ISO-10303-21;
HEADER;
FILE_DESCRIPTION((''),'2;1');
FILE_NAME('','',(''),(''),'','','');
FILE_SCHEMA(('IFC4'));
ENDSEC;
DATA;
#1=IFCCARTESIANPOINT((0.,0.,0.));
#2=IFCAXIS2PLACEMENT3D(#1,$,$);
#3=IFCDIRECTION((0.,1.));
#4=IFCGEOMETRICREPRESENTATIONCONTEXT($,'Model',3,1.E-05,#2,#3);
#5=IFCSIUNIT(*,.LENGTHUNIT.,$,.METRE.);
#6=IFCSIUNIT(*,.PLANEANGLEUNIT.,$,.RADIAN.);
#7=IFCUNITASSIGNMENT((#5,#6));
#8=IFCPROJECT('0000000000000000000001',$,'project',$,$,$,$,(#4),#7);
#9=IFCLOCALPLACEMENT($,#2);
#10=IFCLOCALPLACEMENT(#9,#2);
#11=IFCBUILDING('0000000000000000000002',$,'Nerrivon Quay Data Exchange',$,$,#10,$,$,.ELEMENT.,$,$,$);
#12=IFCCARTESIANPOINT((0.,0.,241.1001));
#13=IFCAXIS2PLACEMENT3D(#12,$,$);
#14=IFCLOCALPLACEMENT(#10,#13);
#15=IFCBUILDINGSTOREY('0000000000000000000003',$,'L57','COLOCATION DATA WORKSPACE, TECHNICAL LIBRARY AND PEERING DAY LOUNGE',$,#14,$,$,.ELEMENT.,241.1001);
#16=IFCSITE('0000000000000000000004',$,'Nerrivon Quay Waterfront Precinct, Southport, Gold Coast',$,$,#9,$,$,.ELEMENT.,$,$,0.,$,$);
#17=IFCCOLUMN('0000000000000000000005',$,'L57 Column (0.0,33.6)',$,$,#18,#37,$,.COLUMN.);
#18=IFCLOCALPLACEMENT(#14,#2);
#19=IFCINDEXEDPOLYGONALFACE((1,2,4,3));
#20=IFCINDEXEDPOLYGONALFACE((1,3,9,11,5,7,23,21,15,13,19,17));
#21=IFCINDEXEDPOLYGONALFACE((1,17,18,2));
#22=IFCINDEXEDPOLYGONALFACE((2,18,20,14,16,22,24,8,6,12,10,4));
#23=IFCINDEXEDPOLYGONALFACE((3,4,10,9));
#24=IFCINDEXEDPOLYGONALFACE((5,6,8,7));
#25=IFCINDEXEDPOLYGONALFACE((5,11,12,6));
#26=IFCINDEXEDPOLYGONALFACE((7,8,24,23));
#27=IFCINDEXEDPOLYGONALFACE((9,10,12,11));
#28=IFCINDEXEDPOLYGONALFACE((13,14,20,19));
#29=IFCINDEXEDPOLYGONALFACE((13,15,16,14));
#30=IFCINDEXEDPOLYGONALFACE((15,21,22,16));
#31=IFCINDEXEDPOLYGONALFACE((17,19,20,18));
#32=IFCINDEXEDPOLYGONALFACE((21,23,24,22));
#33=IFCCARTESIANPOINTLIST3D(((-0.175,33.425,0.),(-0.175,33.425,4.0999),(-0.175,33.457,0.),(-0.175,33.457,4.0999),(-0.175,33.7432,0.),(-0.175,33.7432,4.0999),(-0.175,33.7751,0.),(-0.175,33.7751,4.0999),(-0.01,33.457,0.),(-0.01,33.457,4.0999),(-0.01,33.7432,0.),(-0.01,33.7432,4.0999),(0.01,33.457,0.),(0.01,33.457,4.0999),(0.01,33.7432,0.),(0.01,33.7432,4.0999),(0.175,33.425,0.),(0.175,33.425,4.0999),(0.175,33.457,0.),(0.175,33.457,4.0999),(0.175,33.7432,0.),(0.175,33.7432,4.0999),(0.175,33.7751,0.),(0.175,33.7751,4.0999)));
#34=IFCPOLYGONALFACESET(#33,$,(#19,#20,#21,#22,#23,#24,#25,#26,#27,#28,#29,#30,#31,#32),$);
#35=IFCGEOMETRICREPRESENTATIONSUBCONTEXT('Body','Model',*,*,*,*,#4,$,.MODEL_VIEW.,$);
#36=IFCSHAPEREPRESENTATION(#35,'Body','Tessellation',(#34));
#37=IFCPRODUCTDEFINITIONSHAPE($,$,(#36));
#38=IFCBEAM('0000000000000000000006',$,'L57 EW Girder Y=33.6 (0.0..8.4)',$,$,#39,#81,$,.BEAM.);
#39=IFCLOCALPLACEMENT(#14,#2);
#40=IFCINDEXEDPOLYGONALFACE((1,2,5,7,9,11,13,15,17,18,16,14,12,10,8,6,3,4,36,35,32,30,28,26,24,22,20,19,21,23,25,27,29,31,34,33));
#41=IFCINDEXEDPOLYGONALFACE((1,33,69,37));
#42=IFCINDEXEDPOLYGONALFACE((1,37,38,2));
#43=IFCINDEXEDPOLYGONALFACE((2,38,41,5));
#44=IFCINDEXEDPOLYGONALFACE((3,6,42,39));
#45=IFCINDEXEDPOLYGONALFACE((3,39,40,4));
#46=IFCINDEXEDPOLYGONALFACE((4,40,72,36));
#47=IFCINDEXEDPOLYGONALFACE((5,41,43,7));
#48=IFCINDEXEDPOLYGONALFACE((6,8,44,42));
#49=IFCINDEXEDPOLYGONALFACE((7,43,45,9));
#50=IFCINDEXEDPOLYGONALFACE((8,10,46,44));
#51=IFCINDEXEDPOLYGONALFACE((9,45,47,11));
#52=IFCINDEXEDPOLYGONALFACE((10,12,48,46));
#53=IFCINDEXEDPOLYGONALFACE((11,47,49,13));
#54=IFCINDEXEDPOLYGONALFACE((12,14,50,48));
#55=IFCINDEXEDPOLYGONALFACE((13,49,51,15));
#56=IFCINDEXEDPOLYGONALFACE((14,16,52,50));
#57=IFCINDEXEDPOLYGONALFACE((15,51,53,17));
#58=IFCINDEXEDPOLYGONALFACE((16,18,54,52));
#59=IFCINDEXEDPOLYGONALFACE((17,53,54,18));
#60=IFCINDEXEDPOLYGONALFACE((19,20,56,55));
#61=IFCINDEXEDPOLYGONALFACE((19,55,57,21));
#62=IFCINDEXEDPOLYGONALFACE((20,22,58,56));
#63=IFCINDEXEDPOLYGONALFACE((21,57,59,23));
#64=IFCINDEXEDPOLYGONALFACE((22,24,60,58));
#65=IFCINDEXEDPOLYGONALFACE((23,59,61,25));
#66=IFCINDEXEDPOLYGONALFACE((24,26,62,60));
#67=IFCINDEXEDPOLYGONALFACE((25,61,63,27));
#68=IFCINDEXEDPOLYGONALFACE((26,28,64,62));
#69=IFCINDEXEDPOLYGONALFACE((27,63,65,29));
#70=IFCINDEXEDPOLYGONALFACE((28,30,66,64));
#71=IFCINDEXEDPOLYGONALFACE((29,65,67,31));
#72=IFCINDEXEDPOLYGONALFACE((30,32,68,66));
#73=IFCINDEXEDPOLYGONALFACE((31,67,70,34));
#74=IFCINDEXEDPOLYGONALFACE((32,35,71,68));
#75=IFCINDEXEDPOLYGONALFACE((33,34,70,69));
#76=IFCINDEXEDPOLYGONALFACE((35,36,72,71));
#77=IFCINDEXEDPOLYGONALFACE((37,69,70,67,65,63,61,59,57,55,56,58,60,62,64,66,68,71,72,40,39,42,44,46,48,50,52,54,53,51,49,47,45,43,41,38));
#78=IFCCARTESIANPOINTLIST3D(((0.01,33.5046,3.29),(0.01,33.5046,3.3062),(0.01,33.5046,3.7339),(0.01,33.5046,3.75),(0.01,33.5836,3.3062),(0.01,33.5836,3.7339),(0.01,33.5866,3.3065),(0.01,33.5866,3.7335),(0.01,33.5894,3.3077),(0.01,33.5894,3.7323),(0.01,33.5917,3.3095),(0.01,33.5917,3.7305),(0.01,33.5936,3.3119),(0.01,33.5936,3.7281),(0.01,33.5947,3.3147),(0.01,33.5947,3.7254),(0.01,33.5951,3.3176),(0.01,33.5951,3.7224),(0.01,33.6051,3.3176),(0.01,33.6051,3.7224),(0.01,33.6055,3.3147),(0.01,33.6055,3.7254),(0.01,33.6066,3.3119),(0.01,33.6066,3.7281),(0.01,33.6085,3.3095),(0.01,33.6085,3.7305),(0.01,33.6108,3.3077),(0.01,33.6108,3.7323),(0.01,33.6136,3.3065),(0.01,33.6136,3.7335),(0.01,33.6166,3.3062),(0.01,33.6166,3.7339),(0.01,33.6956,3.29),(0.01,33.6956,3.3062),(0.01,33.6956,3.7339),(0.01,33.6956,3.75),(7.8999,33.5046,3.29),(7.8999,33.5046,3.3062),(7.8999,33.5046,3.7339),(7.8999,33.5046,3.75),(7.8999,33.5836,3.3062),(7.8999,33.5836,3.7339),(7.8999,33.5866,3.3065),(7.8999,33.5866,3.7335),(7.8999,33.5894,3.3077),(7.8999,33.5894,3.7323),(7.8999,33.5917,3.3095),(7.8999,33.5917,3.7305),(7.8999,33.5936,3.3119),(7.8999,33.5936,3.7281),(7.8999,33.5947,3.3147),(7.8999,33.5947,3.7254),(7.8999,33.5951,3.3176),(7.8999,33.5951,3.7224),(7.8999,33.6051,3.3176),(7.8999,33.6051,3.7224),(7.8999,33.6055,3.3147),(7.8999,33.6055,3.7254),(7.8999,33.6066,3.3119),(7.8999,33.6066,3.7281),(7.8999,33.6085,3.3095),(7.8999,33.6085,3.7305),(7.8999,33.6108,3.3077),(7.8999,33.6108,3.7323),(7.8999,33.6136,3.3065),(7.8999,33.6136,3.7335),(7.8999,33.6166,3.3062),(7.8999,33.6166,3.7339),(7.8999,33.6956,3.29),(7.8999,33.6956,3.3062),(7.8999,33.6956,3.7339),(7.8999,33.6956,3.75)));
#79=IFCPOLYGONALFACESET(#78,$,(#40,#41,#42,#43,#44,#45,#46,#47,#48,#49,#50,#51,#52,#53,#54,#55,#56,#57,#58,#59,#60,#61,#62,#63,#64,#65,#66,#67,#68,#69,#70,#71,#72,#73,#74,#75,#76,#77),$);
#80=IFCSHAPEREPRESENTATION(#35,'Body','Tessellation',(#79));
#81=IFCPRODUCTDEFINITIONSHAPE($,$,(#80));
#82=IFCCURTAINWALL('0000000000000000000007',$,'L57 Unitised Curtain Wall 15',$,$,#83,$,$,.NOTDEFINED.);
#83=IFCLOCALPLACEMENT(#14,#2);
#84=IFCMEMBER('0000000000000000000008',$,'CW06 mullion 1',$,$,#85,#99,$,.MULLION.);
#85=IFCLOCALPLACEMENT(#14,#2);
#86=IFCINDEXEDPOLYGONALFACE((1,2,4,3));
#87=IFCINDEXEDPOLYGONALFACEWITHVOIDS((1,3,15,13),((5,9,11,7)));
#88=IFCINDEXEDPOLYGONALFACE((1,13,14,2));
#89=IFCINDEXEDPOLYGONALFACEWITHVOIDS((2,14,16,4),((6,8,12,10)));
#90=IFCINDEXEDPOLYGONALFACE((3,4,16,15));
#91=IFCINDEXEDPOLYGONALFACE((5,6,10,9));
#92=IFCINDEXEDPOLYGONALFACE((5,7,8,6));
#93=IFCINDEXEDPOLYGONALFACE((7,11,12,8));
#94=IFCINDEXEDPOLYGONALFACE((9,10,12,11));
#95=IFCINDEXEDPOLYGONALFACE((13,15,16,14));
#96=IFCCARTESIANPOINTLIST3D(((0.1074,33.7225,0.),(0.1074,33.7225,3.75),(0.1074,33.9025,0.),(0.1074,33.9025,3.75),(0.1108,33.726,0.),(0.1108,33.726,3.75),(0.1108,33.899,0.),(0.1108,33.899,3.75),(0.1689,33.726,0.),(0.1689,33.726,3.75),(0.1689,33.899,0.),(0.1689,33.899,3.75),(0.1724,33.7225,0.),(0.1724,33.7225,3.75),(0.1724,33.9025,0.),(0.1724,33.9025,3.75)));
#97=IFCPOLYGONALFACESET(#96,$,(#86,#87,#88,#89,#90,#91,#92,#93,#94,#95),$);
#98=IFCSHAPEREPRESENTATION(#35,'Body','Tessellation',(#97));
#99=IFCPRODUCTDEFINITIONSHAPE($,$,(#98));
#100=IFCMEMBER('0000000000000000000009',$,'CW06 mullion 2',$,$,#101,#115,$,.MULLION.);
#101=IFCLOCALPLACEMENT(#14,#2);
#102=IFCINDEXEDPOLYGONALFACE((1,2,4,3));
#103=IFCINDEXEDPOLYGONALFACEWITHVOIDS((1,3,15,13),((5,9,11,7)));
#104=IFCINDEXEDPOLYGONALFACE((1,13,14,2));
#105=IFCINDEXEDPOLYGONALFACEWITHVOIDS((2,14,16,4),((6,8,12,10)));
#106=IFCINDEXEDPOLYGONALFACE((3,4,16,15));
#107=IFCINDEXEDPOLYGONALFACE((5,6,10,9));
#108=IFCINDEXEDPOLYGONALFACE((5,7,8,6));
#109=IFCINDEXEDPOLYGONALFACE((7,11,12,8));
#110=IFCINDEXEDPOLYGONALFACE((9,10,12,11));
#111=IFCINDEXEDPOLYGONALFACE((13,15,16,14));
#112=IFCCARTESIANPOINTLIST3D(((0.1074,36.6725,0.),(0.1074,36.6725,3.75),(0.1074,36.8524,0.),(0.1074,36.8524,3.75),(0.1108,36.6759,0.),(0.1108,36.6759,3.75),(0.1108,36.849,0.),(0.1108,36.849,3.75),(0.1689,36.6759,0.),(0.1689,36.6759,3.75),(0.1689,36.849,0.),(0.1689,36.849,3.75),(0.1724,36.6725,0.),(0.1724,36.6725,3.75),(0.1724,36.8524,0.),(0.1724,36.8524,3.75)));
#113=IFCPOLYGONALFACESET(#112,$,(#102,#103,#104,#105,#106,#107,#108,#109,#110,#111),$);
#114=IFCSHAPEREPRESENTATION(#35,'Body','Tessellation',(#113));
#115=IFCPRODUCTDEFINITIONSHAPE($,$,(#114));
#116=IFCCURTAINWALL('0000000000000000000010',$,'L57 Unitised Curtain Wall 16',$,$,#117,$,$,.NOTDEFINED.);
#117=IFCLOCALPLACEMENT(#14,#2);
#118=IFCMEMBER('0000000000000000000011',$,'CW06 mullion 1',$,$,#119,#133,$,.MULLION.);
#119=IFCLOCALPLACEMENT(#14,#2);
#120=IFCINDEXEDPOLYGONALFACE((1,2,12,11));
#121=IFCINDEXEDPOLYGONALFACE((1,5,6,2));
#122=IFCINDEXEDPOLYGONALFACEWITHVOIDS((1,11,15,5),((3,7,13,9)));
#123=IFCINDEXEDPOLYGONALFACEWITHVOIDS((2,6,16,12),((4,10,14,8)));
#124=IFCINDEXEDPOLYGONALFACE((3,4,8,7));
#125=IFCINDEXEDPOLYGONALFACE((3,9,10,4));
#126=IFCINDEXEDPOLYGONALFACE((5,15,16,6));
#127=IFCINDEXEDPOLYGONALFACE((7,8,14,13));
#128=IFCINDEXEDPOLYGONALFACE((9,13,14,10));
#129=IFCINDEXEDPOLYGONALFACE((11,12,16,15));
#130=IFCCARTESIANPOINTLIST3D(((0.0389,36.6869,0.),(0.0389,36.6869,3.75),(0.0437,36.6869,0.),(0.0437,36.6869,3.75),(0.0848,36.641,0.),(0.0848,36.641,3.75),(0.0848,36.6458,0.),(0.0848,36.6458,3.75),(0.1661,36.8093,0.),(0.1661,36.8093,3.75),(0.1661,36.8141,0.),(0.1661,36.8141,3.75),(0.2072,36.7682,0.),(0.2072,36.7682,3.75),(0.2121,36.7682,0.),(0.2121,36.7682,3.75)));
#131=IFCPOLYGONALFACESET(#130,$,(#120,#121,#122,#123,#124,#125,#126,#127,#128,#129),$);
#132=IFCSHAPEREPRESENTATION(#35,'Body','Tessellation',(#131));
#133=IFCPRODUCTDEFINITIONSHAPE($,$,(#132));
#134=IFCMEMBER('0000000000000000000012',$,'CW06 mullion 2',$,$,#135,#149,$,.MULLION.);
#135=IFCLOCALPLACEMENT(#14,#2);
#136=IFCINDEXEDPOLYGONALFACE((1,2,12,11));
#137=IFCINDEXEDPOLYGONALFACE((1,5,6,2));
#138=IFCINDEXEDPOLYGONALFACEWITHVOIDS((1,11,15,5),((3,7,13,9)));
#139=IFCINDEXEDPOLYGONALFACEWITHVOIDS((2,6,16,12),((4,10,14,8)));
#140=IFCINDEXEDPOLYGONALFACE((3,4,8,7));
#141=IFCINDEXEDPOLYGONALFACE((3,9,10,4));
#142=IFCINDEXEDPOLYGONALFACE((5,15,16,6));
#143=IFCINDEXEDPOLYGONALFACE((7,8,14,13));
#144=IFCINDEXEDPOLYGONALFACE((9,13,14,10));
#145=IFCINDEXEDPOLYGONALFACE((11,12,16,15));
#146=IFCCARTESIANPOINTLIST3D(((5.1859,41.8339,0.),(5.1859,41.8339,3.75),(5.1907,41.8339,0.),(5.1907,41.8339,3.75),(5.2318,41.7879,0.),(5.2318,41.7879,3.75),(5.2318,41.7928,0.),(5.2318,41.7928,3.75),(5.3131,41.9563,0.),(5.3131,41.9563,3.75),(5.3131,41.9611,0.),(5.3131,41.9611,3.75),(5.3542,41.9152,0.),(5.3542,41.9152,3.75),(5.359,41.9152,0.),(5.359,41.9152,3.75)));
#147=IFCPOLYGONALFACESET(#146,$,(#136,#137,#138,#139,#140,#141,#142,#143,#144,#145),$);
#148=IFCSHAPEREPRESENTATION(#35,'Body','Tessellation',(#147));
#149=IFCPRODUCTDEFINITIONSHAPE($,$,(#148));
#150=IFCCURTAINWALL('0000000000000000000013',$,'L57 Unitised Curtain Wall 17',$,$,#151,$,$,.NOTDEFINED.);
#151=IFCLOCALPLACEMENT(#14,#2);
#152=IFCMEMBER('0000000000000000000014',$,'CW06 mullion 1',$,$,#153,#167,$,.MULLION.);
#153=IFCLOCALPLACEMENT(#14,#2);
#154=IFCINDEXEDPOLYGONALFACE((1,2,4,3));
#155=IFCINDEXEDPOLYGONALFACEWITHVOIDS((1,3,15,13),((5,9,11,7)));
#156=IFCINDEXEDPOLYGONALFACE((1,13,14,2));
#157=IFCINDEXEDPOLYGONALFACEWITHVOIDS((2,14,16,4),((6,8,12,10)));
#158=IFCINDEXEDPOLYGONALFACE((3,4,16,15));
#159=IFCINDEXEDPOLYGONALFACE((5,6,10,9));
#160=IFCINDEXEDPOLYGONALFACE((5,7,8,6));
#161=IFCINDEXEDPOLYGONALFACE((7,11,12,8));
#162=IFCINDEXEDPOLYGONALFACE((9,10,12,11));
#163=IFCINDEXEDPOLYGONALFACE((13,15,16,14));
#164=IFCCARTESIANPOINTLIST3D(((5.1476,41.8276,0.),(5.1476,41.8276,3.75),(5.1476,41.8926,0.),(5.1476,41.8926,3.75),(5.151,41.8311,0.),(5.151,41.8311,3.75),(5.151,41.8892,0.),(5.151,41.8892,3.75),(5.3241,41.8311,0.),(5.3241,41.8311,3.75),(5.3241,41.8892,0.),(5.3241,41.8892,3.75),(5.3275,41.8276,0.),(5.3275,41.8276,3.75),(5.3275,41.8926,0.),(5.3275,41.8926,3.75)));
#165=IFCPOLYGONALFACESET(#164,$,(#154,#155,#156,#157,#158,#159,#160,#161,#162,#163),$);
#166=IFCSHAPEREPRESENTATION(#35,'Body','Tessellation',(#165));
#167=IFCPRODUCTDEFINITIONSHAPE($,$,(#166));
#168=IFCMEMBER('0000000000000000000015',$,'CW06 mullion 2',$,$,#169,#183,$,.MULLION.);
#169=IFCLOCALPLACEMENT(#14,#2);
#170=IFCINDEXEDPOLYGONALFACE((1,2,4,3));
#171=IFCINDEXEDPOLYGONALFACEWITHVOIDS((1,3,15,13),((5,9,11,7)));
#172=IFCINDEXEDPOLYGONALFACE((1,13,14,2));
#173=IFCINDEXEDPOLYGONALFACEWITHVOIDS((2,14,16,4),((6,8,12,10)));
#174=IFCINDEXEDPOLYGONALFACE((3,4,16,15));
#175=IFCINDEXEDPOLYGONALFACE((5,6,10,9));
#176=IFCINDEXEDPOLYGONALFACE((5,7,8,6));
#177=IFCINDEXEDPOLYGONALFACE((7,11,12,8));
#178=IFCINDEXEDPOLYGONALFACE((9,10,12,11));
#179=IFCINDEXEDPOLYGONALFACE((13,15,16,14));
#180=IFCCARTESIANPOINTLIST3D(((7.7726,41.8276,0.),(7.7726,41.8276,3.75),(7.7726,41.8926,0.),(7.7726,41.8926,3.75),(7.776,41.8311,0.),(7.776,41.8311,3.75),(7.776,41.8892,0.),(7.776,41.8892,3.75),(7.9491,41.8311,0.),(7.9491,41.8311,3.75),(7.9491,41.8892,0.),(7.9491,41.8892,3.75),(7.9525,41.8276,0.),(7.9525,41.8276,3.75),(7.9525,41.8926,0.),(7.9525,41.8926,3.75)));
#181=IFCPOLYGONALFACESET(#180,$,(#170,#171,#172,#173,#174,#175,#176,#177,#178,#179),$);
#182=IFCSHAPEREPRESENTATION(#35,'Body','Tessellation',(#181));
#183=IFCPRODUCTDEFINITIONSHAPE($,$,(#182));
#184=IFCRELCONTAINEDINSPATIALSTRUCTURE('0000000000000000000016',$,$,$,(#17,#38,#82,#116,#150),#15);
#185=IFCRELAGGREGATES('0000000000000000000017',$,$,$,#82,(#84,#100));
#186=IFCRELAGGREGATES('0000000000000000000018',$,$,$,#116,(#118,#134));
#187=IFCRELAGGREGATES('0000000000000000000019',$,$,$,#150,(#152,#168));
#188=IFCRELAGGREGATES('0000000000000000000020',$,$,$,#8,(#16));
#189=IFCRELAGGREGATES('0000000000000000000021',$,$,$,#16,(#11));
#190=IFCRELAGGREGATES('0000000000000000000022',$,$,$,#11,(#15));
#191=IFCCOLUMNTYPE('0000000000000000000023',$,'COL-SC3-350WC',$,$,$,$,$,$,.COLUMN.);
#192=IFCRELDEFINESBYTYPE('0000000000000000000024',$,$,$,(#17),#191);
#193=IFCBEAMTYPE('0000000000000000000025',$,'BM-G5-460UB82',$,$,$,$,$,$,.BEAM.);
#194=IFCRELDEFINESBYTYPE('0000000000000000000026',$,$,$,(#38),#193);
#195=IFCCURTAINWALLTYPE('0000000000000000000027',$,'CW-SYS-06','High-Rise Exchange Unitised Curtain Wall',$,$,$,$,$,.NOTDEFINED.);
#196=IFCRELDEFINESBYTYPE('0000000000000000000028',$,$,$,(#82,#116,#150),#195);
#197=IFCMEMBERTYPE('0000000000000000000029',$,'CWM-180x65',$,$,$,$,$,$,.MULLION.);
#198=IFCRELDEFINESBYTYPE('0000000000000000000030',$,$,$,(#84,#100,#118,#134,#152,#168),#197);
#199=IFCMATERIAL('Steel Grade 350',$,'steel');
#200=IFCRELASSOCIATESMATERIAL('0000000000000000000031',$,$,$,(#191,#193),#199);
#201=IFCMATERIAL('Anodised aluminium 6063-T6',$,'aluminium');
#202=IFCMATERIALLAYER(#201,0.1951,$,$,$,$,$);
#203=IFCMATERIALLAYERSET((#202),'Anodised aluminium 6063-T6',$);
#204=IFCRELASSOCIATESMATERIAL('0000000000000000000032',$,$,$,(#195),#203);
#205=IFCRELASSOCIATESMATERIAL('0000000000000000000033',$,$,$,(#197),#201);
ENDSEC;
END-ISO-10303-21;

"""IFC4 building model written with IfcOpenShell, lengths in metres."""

from ifc_helpers import new_model, si_unit, direction, frame, origin, origin_2d, place, context, subcontext, project, spatial, hollow_rectangle, i_section, extrude, material, layer, layer_set, material_profile, profile_set, type_object, element, aggregate, save


model = new_model("IFC4")

# Units and contexts
model_context = context("Model", 3, precision=1e-05, world=origin(), true_north=direction((0.0, 1.0)))
body_context = subcontext(model_context, "Body", "Model", "MODEL_VIEW")
ifc_project = project(units=[si_unit("LENGTHUNIT", "METRE"), si_unit("PLANEANGLEUNIT", "RADIAN")], contexts=[model_context])

# Site, building, storey
site_placement = place(None, origin())
site = spatial("IfcSite", under=ifc_project, at=site_placement, Name="Nerrivon Quay Waterfront Precinct, Southport, Gold Coast", CompositionType="ELEMENT", RefElevation=0.0)
building_placement = place(site_placement, origin())
building = spatial("IfcBuilding", under=site, at=building_placement, Name="Nerrivon Quay Data Exchange", CompositionType="ELEMENT")
storey_placement = place(building_placement, frame((0.0, 0.0, 241.1001)))
storey = spatial("IfcBuildingStorey", under=building, at=storey_placement, Name="L57", Description="COLOCATION DATA WORKSPACE, TECHNICAL LIBRARY AND PEERING DAY LOUNGE", CompositionType="ELEMENT", Elevation=241.1001)

# Column
ifc_material_1 = material(Name="Steel Grade 350", Category="steel")
ifc_material_profile_1 = material_profile(ifc_material_1, i_section(OverallWidth=0.3501, OverallDepth=0.3501, WebThickness=0.02, FlangeThickness=0.032, at=origin_2d()), Name="350WC230")
ifc_profile_set_1 = profile_set([ifc_material_profile_1], Name="Steel Grade 350")
column_type = type_object("IfcColumnType", Name="COL-SC3-350WC", PredefinedType="COLUMN", material=ifc_profile_set_1)
column_placement = place(storey_placement, frame((0.0, 33.6001, 0.0), z_axis=(0.0, 0.0, 1.0), x_axis=(1.0, 0.0, 0.0)))
element("IfcColumn", 1, at=column_placement, inside=storey, type_object=column_type, Name="L57 Column (0.0,33.6)", PredefinedType="COLUMN", context=body_context, shape_type="SweptSolid", body=[
    extrude(i_section(OverallWidth=0.3501, OverallDepth=0.3501, WebThickness=0.02, FlangeThickness=0.032, at=origin_2d()), origin(), (0.0, 0.0, 1.0), 4.0999),
])

# Beam
ifc_material_profile_2 = material_profile(ifc_material_1, i_section(OverallWidth=0.1909, OverallDepth=0.46, WebThickness=0.01, FlangeThickness=0.0161, FilletRadius=0.0115, at=origin_2d()), Name="460UB82.1")
ifc_profile_set_2 = profile_set([ifc_material_profile_2], Name="Steel Grade 350")
beam_type = type_object("IfcBeamType", Name="BM-G5-460UB82", PredefinedType="BEAM", material=ifc_profile_set_2)
beam_placement = place(storey_placement, frame((0.01, 33.6001, 3.52), z_axis=(1.0, 0.0, 0.0), x_axis=(0.0, 1.0, 0.0)))
element("IfcBeam", 2, at=beam_placement, inside=storey, type_object=beam_type, Name="L57 EW Girder Y=33.6 (0.0..8.4)", PredefinedType="BEAM", context=body_context, shape_type="SweptSolid", body=[
    extrude(i_section(OverallWidth=0.1909, OverallDepth=0.46, WebThickness=0.01, FlangeThickness=0.0161, FilletRadius=0.0115, at=origin_2d()), origin(), (0.0, 0.0, 1.0), 7.8899),
])

# Curtain walls, members
ifc_material_2 = material(Name="Anodised aluminium 6063-T6", Category="aluminium")
ifc_layer_1 = layer(ifc_material_2, 0.1951)
ifc_layer_set_1 = layer_set([ifc_layer_1], Name="Anodised aluminium 6063-T6")
curtain_wall_type = type_object("IfcCurtainWallType", Name="CW-SYS-06", Description="High-Rise Exchange Unitised Curtain Wall", PredefinedType="NOTDEFINED", material=ifc_layer_set_1)
curtain_wall_1_placement = place(storey_placement, origin())
curtain_wall_1 = element("IfcCurtainWall", 3, at=curtain_wall_1_placement, inside=storey, type_object=curtain_wall_type, Name="L57 Unitised Curtain Wall 15", PredefinedType="NOTDEFINED")
ifc_material_profile_3 = material_profile(ifc_material_2, hollow_rectangle(XDim=0.0649, YDim=0.1799, WallThickness=0.0034, at=origin_2d()), Name="ALU-MULL-180x65")
ifc_profile_set_3 = profile_set([ifc_material_profile_3], Name="Anodised aluminium 6063-T6")
member_type_1 = type_object("IfcMemberType", Name="CWM-180x65", PredefinedType="MULLION", material=ifc_profile_set_3)
member_1_placement = place(storey_placement, frame((0.1399, 33.8125, 0.0), z_axis=(0.0, 0.0, 1.0), x_axis=(-1.0, 0.0, 0.0)))
member_1 = element("IfcMember", 4, at=member_1_placement, type_object=member_type_1, Name="CW06 mullion 1", PredefinedType="MULLION", context=body_context, shape_type="SweptSolid", body=[
    extrude(hollow_rectangle(XDim=0.0649, YDim=0.1799, WallThickness=0.0034, at=origin_2d()), origin(), (0.0, 0.0, 1.0), 3.75),
])
member_2_placement = place(storey_placement, frame((0.1399, 36.7625, 0.0), z_axis=(0.0, 0.0, 1.0), x_axis=(-1.0, 0.0, 0.0)))
member_2 = element("IfcMember", 5, at=member_2_placement, type_object=member_type_1, Name="CW06 mullion 2", PredefinedType="MULLION", context=body_context, shape_type="SweptSolid", body=[
    extrude(hollow_rectangle(XDim=0.0649, YDim=0.1799, WallThickness=0.0034, at=origin_2d()), origin(), (0.0, 0.0, 1.0), 3.75),
])
curtain_wall_2_placement = place(storey_placement, origin())
curtain_wall_2 = element("IfcCurtainWall", 6, at=curtain_wall_2_placement, inside=storey, type_object=curtain_wall_type, Name="L57 Unitised Curtain Wall 16", PredefinedType="NOTDEFINED")
member_3_placement = place(storey_placement, frame((0.1255, 36.7275, 0.0), z_axis=(0.0, 0.0, 1.0), x_axis=(-0.707107, 0.707107, 0.0)))
member_3 = element("IfcMember", 7, at=member_3_placement, type_object=member_type_1, Name="CW06 mullion 1", PredefinedType="MULLION", context=body_context, shape_type="SweptSolid", body=[
    extrude(hollow_rectangle(XDim=0.0649, YDim=0.1799, WallThickness=0.0034, at=origin_2d()), origin(), (0.0, 0.0, 1.0), 3.75),
])
member_4_placement = place(storey_placement, frame((5.2725, 41.8745, 0.0), z_axis=(0.0, 0.0, 1.0), x_axis=(-0.707107, 0.707107, 0.0)))
member_4 = element("IfcMember", 8, at=member_4_placement, type_object=member_type_1, Name="CW06 mullion 2", PredefinedType="MULLION", context=body_context, shape_type="SweptSolid", body=[
    extrude(hollow_rectangle(XDim=0.0649, YDim=0.1799, WallThickness=0.0034, at=origin_2d()), origin(), (0.0, 0.0, 1.0), 3.75),
])
curtain_wall_3_placement = place(storey_placement, origin())
curtain_wall_3 = element("IfcCurtainWall", 9, at=curtain_wall_3_placement, inside=storey, type_object=curtain_wall_type, Name="L57 Unitised Curtain Wall 17", PredefinedType="NOTDEFINED")
member_5_placement = place(storey_placement, frame((5.2375, 41.8601, 0.0), z_axis=(0.0, 0.0, 1.0), x_axis=(0.0, 1.0, 0.0)))
member_5 = element("IfcMember", 10, at=member_5_placement, type_object=member_type_1, Name="CW06 mullion 1", PredefinedType="MULLION", context=body_context, shape_type="SweptSolid", body=[
    extrude(hollow_rectangle(XDim=0.0649, YDim=0.1799, WallThickness=0.0034, at=origin_2d()), origin(), (0.0, 0.0, 1.0), 3.75),
])
member_6_placement = place(storey_placement, frame((7.8625, 41.8601, 0.0), z_axis=(0.0, 0.0, 1.0), x_axis=(0.0, 1.0, 0.0)))
member_6 = element("IfcMember", 11, at=member_6_placement, type_object=member_type_1, Name="CW06 mullion 2", PredefinedType="MULLION", context=body_context, shape_type="SweptSolid", body=[
    extrude(hollow_rectangle(XDim=0.0649, YDim=0.1799, WallThickness=0.0034, at=origin_2d()), origin(), (0.0, 0.0, 1.0), 3.75),
])

aggregate(curtain_wall_1, [member_1, member_2])
aggregate(curtain_wall_2, [member_3, member_4])
aggregate(curtain_wall_3, [member_5, member_6])

save(model, "model.ifc")
